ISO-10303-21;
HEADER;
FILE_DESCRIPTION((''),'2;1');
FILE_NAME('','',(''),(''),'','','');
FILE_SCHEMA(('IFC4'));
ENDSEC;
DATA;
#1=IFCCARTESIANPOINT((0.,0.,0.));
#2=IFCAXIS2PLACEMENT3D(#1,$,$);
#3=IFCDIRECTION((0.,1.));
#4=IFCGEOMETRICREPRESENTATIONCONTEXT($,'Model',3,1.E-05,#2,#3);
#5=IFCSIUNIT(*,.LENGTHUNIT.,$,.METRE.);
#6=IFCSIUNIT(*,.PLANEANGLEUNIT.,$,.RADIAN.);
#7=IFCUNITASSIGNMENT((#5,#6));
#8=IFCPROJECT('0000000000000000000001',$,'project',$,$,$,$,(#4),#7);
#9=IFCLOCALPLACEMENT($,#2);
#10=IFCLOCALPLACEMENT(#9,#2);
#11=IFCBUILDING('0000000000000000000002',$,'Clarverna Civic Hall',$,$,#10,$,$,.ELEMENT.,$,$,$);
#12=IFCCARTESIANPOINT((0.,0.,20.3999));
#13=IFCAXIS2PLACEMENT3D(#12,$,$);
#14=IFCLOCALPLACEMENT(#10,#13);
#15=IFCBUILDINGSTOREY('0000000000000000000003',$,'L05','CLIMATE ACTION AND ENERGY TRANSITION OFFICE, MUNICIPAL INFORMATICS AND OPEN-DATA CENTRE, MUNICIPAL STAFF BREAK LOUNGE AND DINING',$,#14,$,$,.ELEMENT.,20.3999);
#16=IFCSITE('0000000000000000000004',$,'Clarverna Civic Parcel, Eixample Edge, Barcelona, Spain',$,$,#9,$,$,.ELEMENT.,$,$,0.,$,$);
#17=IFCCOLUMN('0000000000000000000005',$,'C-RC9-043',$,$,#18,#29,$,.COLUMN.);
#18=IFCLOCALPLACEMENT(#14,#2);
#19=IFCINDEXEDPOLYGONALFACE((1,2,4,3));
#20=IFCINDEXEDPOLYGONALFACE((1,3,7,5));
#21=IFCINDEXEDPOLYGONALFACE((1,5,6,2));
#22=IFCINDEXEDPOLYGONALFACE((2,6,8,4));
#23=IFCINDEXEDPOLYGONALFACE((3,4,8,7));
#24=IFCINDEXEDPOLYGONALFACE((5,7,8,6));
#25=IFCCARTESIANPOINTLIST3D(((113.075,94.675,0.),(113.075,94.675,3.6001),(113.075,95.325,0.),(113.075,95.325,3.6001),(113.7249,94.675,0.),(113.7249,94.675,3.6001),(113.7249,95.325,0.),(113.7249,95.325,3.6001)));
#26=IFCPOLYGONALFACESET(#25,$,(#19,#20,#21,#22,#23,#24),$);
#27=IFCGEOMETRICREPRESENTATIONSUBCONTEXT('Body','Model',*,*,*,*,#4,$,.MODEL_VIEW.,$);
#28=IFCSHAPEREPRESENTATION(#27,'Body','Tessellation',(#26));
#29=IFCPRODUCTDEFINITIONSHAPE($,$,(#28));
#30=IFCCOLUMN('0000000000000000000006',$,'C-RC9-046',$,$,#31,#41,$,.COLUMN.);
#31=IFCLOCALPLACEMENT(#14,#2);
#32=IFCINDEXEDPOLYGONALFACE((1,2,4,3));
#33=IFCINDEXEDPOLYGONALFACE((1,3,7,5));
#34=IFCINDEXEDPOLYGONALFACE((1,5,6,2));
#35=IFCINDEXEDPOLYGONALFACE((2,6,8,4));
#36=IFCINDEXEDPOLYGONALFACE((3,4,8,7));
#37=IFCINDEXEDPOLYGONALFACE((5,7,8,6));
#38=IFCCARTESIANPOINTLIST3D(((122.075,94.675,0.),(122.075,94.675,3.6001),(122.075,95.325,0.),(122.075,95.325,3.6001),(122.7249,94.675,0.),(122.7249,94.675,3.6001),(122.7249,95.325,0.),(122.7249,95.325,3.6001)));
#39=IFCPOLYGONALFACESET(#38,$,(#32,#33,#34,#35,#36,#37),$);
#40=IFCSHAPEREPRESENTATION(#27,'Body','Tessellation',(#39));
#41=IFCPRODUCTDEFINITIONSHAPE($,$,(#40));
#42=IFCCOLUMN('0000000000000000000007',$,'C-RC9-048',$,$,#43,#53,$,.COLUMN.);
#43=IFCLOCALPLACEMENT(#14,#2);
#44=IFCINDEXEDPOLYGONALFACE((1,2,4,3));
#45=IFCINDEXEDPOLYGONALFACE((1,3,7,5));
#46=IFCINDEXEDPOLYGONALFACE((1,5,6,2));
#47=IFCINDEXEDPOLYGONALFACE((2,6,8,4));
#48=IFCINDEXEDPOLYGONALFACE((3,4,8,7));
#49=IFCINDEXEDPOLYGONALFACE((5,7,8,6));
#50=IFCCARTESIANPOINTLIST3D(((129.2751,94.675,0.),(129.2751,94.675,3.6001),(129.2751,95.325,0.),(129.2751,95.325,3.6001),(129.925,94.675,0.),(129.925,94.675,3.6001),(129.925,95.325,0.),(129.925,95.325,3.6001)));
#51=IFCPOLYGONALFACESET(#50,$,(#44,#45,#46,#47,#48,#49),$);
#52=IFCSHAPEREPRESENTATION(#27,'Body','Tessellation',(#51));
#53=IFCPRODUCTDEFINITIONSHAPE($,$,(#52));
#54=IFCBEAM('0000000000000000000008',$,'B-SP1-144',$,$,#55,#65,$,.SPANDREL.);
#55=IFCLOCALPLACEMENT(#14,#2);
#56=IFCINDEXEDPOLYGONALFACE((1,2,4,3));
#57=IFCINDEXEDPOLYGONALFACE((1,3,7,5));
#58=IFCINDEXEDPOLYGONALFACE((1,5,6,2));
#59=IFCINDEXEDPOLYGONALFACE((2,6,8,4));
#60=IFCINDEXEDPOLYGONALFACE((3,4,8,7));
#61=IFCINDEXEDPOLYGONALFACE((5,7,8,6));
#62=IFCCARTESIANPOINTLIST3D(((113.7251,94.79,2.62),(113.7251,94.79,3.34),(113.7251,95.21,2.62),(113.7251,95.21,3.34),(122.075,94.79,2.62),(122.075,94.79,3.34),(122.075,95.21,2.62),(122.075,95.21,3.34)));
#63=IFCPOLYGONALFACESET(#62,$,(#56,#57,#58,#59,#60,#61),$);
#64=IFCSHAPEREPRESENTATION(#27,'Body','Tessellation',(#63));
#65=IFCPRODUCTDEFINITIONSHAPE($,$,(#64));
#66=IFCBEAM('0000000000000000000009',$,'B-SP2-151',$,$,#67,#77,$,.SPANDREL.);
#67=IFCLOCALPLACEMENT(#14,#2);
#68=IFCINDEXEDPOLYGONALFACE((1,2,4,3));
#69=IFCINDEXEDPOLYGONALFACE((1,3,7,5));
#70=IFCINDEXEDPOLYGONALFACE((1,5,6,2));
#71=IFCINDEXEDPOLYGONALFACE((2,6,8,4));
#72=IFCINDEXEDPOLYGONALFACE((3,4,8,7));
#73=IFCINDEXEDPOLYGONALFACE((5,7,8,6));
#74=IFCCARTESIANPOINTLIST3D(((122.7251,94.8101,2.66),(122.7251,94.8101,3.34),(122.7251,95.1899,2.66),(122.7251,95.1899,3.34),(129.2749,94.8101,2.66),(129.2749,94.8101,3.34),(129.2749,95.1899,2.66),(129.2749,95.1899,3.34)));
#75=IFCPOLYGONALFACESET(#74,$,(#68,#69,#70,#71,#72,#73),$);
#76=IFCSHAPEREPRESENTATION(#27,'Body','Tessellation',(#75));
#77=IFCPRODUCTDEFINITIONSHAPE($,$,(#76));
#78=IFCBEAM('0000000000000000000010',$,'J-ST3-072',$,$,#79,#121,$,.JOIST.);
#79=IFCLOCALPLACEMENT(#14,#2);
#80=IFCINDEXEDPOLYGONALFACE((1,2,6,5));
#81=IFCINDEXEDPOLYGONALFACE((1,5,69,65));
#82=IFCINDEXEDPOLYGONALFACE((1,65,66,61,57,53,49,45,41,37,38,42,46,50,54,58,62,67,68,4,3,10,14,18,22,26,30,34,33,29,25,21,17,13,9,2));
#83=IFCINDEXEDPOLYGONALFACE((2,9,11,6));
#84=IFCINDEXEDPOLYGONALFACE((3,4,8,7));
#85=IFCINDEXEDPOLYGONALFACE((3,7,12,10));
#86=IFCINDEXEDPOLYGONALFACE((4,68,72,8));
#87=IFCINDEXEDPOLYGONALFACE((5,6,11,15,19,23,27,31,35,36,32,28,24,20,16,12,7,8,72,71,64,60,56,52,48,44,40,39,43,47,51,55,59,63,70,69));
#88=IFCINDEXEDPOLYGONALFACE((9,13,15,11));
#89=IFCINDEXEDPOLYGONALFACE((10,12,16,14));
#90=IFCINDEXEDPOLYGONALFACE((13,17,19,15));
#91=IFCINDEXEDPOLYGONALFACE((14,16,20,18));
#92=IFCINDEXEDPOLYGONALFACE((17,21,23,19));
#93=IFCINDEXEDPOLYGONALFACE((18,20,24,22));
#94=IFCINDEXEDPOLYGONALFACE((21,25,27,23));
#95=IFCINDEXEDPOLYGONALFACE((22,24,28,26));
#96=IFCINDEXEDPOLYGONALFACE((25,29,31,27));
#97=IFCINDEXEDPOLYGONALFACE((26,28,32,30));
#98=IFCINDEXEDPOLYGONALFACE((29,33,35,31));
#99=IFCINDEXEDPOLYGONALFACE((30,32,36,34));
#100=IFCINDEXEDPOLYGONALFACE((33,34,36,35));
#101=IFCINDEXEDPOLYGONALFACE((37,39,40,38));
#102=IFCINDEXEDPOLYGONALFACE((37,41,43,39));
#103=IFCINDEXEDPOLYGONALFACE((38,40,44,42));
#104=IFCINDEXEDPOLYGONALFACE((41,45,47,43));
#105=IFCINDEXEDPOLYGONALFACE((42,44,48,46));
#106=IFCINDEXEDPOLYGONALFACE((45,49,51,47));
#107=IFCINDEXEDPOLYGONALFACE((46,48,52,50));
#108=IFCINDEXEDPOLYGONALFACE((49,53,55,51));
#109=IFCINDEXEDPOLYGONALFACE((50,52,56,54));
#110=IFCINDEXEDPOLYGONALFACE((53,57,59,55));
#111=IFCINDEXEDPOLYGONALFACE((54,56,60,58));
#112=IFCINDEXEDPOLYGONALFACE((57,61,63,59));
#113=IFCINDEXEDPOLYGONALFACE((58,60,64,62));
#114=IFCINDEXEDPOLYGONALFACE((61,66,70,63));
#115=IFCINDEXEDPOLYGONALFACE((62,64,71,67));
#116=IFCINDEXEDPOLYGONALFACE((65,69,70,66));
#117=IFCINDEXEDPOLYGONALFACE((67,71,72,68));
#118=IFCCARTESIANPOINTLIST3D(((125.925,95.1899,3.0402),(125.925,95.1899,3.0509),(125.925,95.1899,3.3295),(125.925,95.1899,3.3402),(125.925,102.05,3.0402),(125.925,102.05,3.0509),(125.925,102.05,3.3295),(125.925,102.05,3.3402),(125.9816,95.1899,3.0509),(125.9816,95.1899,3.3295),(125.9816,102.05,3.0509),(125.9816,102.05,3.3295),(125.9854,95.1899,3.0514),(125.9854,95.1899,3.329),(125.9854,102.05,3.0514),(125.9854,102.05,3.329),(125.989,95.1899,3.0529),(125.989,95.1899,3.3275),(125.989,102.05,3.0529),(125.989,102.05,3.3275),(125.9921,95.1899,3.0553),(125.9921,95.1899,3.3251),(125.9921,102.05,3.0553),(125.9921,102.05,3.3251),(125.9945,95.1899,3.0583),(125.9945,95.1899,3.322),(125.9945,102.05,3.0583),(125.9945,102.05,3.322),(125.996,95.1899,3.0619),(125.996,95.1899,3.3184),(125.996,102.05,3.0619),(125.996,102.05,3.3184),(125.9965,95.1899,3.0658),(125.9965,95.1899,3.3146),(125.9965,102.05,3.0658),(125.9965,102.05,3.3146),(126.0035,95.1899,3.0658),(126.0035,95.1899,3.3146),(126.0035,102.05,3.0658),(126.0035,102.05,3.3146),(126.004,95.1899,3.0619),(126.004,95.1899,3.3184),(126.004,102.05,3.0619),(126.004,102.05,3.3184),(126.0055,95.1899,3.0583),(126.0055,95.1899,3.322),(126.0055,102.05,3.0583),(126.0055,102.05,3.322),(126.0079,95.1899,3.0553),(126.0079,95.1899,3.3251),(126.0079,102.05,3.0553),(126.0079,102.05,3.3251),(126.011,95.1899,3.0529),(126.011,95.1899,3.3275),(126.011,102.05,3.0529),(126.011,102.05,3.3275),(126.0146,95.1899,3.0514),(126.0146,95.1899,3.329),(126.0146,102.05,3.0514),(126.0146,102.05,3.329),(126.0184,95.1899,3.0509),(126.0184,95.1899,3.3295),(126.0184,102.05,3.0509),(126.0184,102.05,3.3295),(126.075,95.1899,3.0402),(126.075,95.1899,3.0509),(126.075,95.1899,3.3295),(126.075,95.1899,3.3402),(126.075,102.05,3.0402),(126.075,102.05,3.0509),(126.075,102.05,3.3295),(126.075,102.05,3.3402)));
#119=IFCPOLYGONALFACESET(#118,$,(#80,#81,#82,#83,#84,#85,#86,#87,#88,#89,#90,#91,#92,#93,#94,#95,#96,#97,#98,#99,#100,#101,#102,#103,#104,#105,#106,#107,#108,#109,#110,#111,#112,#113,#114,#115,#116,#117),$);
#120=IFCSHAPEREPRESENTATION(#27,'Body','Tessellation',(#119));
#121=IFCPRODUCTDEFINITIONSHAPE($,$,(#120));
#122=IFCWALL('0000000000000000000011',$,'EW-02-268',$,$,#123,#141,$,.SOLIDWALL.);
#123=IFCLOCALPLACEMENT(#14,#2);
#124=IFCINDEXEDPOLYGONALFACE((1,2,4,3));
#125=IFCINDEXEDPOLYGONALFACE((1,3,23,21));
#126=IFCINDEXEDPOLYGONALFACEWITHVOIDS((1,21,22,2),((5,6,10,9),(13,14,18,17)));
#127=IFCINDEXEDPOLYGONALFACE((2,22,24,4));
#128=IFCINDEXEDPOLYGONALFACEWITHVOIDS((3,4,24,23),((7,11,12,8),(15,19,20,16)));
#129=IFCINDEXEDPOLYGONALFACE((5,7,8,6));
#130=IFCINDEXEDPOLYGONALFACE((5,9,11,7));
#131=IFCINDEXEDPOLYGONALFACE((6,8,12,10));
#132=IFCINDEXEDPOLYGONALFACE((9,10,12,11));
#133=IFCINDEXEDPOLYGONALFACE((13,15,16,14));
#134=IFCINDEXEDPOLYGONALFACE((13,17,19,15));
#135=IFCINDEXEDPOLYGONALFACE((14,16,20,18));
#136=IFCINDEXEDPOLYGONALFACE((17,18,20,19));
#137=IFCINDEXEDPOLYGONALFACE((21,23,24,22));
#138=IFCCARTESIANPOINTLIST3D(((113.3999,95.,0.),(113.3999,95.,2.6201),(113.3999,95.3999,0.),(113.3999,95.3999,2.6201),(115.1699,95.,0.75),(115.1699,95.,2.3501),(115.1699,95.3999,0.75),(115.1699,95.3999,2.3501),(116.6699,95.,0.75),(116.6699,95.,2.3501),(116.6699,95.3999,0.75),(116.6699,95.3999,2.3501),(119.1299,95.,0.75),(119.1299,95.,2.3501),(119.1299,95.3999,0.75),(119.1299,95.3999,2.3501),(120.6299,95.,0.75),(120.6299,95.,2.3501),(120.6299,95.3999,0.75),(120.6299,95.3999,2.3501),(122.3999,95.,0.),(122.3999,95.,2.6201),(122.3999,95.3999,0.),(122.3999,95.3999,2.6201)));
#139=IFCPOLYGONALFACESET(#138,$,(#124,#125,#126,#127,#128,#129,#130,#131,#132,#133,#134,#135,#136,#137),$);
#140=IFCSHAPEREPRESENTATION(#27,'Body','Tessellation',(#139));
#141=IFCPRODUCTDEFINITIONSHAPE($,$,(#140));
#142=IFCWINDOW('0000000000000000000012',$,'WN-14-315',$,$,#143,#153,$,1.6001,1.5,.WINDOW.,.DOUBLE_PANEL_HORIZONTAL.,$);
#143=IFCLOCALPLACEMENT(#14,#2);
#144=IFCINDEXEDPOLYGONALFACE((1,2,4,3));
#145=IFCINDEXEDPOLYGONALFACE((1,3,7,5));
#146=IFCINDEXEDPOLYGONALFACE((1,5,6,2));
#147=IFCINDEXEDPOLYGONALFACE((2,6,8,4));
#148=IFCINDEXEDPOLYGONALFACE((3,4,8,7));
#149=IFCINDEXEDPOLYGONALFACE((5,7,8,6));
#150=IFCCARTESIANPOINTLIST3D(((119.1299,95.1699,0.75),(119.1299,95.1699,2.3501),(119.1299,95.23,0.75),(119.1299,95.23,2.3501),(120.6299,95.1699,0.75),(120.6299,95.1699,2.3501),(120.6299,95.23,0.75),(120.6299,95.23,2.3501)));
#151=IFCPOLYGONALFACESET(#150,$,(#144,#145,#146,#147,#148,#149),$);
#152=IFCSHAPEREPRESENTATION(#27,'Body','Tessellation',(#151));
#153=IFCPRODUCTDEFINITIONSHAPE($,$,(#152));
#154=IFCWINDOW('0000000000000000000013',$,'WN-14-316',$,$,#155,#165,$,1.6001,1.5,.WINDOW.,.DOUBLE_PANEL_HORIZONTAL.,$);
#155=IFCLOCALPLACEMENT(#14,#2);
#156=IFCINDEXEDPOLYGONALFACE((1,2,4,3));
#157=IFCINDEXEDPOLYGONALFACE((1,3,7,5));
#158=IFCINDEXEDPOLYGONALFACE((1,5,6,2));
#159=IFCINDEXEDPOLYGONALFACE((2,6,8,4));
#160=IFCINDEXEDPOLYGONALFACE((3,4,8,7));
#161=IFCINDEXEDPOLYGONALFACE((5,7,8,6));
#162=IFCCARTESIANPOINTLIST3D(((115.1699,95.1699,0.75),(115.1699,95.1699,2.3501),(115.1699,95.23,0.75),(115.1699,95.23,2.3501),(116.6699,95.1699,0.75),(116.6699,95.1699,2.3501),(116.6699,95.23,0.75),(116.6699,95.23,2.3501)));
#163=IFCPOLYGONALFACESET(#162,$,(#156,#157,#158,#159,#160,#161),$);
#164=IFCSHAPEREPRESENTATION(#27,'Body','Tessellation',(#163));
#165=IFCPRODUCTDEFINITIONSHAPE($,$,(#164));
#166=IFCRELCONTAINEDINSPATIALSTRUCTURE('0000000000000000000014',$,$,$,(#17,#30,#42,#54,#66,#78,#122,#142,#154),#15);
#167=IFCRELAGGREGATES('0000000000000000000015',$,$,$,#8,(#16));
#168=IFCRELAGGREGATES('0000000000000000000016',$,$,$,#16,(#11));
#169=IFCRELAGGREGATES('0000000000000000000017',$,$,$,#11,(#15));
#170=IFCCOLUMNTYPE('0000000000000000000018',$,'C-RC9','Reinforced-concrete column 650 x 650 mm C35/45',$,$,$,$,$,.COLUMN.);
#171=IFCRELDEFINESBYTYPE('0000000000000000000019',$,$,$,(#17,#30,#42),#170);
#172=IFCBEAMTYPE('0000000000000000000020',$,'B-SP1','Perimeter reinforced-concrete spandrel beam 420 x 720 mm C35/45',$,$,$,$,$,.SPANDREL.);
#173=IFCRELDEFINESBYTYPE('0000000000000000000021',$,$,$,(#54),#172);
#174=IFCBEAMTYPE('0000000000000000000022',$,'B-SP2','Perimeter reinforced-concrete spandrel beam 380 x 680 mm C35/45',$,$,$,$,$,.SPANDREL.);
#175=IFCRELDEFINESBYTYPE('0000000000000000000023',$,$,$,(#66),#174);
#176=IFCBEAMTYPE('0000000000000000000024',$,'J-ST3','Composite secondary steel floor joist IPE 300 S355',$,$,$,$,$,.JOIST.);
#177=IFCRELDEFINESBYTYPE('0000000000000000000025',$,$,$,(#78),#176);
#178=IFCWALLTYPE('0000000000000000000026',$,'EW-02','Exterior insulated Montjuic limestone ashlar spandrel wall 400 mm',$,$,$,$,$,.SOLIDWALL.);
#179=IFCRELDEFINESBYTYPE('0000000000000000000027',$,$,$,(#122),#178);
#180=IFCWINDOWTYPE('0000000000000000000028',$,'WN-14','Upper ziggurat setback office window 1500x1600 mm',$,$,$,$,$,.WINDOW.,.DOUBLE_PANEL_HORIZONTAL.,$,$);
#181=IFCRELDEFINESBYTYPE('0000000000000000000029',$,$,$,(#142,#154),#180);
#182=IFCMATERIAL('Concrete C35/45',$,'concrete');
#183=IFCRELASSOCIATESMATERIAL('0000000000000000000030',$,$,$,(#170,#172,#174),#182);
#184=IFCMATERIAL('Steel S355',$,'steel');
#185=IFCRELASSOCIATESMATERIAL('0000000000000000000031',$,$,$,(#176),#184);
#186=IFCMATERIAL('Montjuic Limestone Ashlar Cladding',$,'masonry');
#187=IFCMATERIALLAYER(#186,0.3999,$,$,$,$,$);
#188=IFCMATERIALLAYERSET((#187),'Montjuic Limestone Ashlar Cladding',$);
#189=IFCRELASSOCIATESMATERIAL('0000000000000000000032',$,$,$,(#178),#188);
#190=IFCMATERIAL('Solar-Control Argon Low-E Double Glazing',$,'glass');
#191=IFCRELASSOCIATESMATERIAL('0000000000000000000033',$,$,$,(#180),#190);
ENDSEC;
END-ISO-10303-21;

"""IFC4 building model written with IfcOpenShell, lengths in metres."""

from ifc_helpers import new_model, si_unit, direction, frame, frame_2d, origin, origin_2d, place, context, subcontext, project, spatial, rectangle, i_section, extrude, material, layer, layer_set, material_profile, profile_set, type_object, element, fill, save


model = new_model("IFC4")

# Units and contexts
model_context = context("Model", 3, precision=1e-05, world=origin(), true_north=direction((0.0, 1.0)))
body_context = subcontext(model_context, "Body", "Model", "MODEL_VIEW")
ifc_project = project(units=[si_unit("LENGTHUNIT", "METRE"), si_unit("PLANEANGLEUNIT", "RADIAN")], contexts=[model_context])

# Site, building, storey
site_placement = place(None, origin())
site = spatial("IfcSite", under=ifc_project, at=site_placement, Name="Clarverna Civic Parcel, Eixample Edge, Barcelona, Spain", CompositionType="ELEMENT", RefElevation=0.0)
building_placement = place(site_placement, origin())
building = spatial("IfcBuilding", under=site, at=building_placement, Name="Clarverna Civic Hall", CompositionType="ELEMENT")
storey_placement = place(building_placement, frame((0.0, 0.0, 20.3999)))
storey = spatial("IfcBuildingStorey", under=building, at=storey_placement, Name="L05", Description="CLIMATE ACTION AND ENERGY TRANSITION OFFICE, MUNICIPAL INFORMATICS AND OPEN-DATA CENTRE, MUNICIPAL STAFF BREAK LOUNGE AND DINING", CompositionType="ELEMENT", Elevation=20.3999)

# Columns
ifc_material_1 = material(Name="Concrete C35/45", Category="concrete")
ifc_material_profile_1 = material_profile(ifc_material_1, rectangle(XDim=0.6499, YDim=0.6499, at=origin_2d()), Name="RC 650x650")
ifc_profile_set_1 = profile_set([ifc_material_profile_1], Name="Concrete C35/45")
column_type = type_object("IfcColumnType", Name="C-RC9", Description="Reinforced-concrete column 650 x 650 mm C35/45", PredefinedType="COLUMN", material=ifc_profile_set_1)
for number, where, z_axis, x_axis, name in (
    (1, (113.3999, 95.0, 0.0), (0.0, 0.0, 1.0), (1.0, 0.0, 0.0), "C-RC9-043"),
    (2, (122.3999, 95.0, 0.0), (0.0, 0.0, 1.0), (1.0, 0.0, 0.0), "C-RC9-046"),
    (3, (129.6001, 95.0, 0.0), (0.0, 0.0, 1.0), (1.0, 0.0, 0.0), "C-RC9-048"),
):
    element("IfcColumn", number, at=place(storey_placement, frame(where, z_axis=z_axis, x_axis=x_axis)), inside=storey, type_object=column_type, Name=name, PredefinedType="COLUMN", context=body_context, shape_type="SweptSolid", body=[
        extrude(rectangle(XDim=0.6499, YDim=0.6499, at=origin_2d()), origin(), (0.0, 0.0, 1.0), 3.6001),
    ])

# Beams
ifc_material_profile_2 = material_profile(ifc_material_1, rectangle(XDim=0.4199, YDim=0.72, at=origin_2d()), Name="RC 420x720")
ifc_profile_set_2 = profile_set([ifc_material_profile_2], Name="Concrete C35/45")
beam_type_1 = type_object("IfcBeamType", Name="B-SP1", Description="Perimeter reinforced-concrete spandrel beam 420 x 720 mm C35/45", PredefinedType="SPANDREL", material=ifc_profile_set_2)
beam_1_placement = place(storey_placement, frame((113.7251, 95.0, 2.98), z_axis=(1.0, 0.0, 0.0), x_axis=(0.0, 1.0, 0.0)))
element("IfcBeam", 4, at=beam_1_placement, inside=storey, type_object=beam_type_1, Name="B-SP1-144", PredefinedType="SPANDREL", context=body_context, shape_type="SweptSolid", body=[
    extrude(rectangle(XDim=0.4199, YDim=0.72, at=origin_2d()), origin(), (0.0, 0.0, 1.0), 8.3499),
])
ifc_material_profile_3 = material_profile(ifc_material_1, rectangle(XDim=0.3799, YDim=0.6799, at=origin_2d()), Name="RC 380x680")
ifc_profile_set_3 = profile_set([ifc_material_profile_3], Name="Concrete C35/45")
beam_type_2 = type_object("IfcBeamType", Name="B-SP2", Description="Perimeter reinforced-concrete spandrel beam 380 x 680 mm C35/45", PredefinedType="SPANDREL", material=ifc_profile_set_3)
beam_2_placement = place(storey_placement, frame((122.7251, 95.0, 3.0), z_axis=(1.0, 0.0, 0.0), x_axis=(0.0, 1.0, 0.0)))
element("IfcBeam", 5, at=beam_2_placement, inside=storey, type_object=beam_type_2, Name="B-SP2-151", PredefinedType="SPANDREL", context=body_context, shape_type="SweptSolid", body=[
    extrude(rectangle(XDim=0.3799, YDim=0.6799, at=origin_2d()), origin(), (0.0, 0.0, 1.0), 6.5498),
])
ifc_material_2 = material(Name="Steel S355", Category="steel")
ifc_material_profile_4 = material_profile(ifc_material_2, i_section(OverallWidth=0.1499, OverallDepth=0.3, WebThickness=0.0071, FlangeThickness=0.0107, FilletRadius=0.0149, at=origin_2d()), Name="IPE 300")
ifc_profile_set_4 = profile_set([ifc_material_profile_4], Name="Steel S355")
beam_type_3 = type_object("IfcBeamType", Name="J-ST3", Description="Composite secondary steel floor joist IPE 300 S355", PredefinedType="JOIST", material=ifc_profile_set_4)
beam_3_placement = place(storey_placement, frame((126.0, 95.1899, 3.1902), z_axis=(0.0, 1.0, 0.0), x_axis=(-1.0, 0.0, 0.0)))
element("IfcBeam", 6, at=beam_3_placement, inside=storey, type_object=beam_type_3, Name="J-ST3-072", PredefinedType="JOIST", context=body_context, shape_type="SweptSolid", body=[
    extrude(i_section(OverallWidth=0.1499, OverallDepth=0.3, WebThickness=0.0071, FlangeThickness=0.0107, FilletRadius=0.0149, at=origin_2d()), origin(), (0.0, 0.0, 1.0), 6.8601),
])

# Wall, openings, windows
ifc_material_3 = material(Name="Montjuic Limestone Ashlar Cladding", Category="masonry")
ifc_layer_1 = layer(ifc_material_3, 0.3999)
ifc_layer_set_1 = layer_set([ifc_layer_1], Name="Montjuic Limestone Ashlar Cladding")
wall_type_1 = type_object("IfcWallType", Name="EW-02", Description="Exterior insulated Montjuic limestone ashlar spandrel wall 400 mm", PredefinedType="SOLIDWALL", material=ifc_layer_set_1)
wall_1_placement = place(storey_placement, frame((122.3999, 95.2, 0.0), z_axis=(0.0, 0.0, 1.0), x_axis=(-1.0, 0.0, 0.0)))
wall_1 = element("IfcWall", 7, at=wall_1_placement, inside=storey, type_object=wall_type_1, Name="EW-02-268", PredefinedType="SOLIDWALL", context=body_context, shape_type="SweptSolid", body=[
    extrude(rectangle(XDim=9.0, YDim=0.3999, at=frame_2d((4.5, 0.0))), origin(), (0.0, 0.0, 1.0), 2.6201),
])
opening_1_placement = place(wall_1_placement, frame((1.77, 0.0, 0.75)))
opening_1 = element("IfcOpeningElement", 8, at=opening_1_placement, cuts=wall_1, PredefinedType="OPENING", context=body_context, shape_type="SweptSolid", body=[
    extrude(rectangle(XDim=1.5, YDim=1.6001, at=frame_2d((0.75, 0.8))), frame((0.0, 0.21, 0.0), z_axis=(0.0, -1.0, 0.0), x_axis=(1.0, 0.0, 0.0)), (0.0, 0.0, 1.0), 0.4199),
])
opening_2_placement = place(wall_1_placement, frame((5.73, 0.0, 0.75)))
opening_2 = element("IfcOpeningElement", 9, at=opening_2_placement, cuts=wall_1, PredefinedType="OPENING", context=body_context, shape_type="SweptSolid", body=[
    extrude(rectangle(XDim=1.5, YDim=1.6001, at=frame_2d((0.75, 0.8))), frame((0.0, 0.21, 0.0), z_axis=(0.0, -1.0, 0.0), x_axis=(1.0, 0.0, 0.0)), (0.0, 0.0, 1.0), 0.4199),
])
ifc_material_4 = material(Name="Solar-Control Argon Low-E Double Glazing", Category="glass")
window_type = type_object("IfcWindowType", Name="WN-14", Description="Upper ziggurat setback office window 1500x1600 mm", PartitioningType="DOUBLE_PANEL_HORIZONTAL", PredefinedType="WINDOW", material=ifc_material_4)
window_1_placement = place(opening_1_placement, origin())
window_1 = element("IfcWindow", 10, at=window_1_placement, inside=storey, type_object=window_type, Name="WN-14-315", OverallHeight=1.6001, OverallWidth=1.5, PartitioningType="DOUBLE_PANEL_HORIZONTAL", PredefinedType="WINDOW", context=body_context, shape_type="SweptSolid", body=[
    extrude(rectangle(XDim=1.5, YDim=1.6001, at=frame_2d((0.75, 0.8))), frame((0.0, 0.03, 0.0), z_axis=(0.0, -1.0, 0.0), x_axis=(1.0, 0.0, 0.0)), (0.0, 0.0, 1.0), 0.0601),
])
fill(opening_1, window_1)
window_2_placement = place(opening_2_placement, origin())
window_2 = element("IfcWindow", 11, at=window_2_placement, inside=storey, type_object=window_type, Name="WN-14-316", OverallHeight=1.6001, OverallWidth=1.5, PartitioningType="DOUBLE_PANEL_HORIZONTAL", PredefinedType="WINDOW", context=body_context, shape_type="SweptSolid", body=[
    extrude(rectangle(XDim=1.5, YDim=1.6001, at=frame_2d((0.75, 0.8))), frame((0.0, 0.03, 0.0), z_axis=(0.0, -1.0, 0.0), x_axis=(1.0, 0.0, 0.0)), (0.0, 0.0, 1.0), 0.0601),
])
fill(opening_2, window_2)

save(model, "model.ifc")
